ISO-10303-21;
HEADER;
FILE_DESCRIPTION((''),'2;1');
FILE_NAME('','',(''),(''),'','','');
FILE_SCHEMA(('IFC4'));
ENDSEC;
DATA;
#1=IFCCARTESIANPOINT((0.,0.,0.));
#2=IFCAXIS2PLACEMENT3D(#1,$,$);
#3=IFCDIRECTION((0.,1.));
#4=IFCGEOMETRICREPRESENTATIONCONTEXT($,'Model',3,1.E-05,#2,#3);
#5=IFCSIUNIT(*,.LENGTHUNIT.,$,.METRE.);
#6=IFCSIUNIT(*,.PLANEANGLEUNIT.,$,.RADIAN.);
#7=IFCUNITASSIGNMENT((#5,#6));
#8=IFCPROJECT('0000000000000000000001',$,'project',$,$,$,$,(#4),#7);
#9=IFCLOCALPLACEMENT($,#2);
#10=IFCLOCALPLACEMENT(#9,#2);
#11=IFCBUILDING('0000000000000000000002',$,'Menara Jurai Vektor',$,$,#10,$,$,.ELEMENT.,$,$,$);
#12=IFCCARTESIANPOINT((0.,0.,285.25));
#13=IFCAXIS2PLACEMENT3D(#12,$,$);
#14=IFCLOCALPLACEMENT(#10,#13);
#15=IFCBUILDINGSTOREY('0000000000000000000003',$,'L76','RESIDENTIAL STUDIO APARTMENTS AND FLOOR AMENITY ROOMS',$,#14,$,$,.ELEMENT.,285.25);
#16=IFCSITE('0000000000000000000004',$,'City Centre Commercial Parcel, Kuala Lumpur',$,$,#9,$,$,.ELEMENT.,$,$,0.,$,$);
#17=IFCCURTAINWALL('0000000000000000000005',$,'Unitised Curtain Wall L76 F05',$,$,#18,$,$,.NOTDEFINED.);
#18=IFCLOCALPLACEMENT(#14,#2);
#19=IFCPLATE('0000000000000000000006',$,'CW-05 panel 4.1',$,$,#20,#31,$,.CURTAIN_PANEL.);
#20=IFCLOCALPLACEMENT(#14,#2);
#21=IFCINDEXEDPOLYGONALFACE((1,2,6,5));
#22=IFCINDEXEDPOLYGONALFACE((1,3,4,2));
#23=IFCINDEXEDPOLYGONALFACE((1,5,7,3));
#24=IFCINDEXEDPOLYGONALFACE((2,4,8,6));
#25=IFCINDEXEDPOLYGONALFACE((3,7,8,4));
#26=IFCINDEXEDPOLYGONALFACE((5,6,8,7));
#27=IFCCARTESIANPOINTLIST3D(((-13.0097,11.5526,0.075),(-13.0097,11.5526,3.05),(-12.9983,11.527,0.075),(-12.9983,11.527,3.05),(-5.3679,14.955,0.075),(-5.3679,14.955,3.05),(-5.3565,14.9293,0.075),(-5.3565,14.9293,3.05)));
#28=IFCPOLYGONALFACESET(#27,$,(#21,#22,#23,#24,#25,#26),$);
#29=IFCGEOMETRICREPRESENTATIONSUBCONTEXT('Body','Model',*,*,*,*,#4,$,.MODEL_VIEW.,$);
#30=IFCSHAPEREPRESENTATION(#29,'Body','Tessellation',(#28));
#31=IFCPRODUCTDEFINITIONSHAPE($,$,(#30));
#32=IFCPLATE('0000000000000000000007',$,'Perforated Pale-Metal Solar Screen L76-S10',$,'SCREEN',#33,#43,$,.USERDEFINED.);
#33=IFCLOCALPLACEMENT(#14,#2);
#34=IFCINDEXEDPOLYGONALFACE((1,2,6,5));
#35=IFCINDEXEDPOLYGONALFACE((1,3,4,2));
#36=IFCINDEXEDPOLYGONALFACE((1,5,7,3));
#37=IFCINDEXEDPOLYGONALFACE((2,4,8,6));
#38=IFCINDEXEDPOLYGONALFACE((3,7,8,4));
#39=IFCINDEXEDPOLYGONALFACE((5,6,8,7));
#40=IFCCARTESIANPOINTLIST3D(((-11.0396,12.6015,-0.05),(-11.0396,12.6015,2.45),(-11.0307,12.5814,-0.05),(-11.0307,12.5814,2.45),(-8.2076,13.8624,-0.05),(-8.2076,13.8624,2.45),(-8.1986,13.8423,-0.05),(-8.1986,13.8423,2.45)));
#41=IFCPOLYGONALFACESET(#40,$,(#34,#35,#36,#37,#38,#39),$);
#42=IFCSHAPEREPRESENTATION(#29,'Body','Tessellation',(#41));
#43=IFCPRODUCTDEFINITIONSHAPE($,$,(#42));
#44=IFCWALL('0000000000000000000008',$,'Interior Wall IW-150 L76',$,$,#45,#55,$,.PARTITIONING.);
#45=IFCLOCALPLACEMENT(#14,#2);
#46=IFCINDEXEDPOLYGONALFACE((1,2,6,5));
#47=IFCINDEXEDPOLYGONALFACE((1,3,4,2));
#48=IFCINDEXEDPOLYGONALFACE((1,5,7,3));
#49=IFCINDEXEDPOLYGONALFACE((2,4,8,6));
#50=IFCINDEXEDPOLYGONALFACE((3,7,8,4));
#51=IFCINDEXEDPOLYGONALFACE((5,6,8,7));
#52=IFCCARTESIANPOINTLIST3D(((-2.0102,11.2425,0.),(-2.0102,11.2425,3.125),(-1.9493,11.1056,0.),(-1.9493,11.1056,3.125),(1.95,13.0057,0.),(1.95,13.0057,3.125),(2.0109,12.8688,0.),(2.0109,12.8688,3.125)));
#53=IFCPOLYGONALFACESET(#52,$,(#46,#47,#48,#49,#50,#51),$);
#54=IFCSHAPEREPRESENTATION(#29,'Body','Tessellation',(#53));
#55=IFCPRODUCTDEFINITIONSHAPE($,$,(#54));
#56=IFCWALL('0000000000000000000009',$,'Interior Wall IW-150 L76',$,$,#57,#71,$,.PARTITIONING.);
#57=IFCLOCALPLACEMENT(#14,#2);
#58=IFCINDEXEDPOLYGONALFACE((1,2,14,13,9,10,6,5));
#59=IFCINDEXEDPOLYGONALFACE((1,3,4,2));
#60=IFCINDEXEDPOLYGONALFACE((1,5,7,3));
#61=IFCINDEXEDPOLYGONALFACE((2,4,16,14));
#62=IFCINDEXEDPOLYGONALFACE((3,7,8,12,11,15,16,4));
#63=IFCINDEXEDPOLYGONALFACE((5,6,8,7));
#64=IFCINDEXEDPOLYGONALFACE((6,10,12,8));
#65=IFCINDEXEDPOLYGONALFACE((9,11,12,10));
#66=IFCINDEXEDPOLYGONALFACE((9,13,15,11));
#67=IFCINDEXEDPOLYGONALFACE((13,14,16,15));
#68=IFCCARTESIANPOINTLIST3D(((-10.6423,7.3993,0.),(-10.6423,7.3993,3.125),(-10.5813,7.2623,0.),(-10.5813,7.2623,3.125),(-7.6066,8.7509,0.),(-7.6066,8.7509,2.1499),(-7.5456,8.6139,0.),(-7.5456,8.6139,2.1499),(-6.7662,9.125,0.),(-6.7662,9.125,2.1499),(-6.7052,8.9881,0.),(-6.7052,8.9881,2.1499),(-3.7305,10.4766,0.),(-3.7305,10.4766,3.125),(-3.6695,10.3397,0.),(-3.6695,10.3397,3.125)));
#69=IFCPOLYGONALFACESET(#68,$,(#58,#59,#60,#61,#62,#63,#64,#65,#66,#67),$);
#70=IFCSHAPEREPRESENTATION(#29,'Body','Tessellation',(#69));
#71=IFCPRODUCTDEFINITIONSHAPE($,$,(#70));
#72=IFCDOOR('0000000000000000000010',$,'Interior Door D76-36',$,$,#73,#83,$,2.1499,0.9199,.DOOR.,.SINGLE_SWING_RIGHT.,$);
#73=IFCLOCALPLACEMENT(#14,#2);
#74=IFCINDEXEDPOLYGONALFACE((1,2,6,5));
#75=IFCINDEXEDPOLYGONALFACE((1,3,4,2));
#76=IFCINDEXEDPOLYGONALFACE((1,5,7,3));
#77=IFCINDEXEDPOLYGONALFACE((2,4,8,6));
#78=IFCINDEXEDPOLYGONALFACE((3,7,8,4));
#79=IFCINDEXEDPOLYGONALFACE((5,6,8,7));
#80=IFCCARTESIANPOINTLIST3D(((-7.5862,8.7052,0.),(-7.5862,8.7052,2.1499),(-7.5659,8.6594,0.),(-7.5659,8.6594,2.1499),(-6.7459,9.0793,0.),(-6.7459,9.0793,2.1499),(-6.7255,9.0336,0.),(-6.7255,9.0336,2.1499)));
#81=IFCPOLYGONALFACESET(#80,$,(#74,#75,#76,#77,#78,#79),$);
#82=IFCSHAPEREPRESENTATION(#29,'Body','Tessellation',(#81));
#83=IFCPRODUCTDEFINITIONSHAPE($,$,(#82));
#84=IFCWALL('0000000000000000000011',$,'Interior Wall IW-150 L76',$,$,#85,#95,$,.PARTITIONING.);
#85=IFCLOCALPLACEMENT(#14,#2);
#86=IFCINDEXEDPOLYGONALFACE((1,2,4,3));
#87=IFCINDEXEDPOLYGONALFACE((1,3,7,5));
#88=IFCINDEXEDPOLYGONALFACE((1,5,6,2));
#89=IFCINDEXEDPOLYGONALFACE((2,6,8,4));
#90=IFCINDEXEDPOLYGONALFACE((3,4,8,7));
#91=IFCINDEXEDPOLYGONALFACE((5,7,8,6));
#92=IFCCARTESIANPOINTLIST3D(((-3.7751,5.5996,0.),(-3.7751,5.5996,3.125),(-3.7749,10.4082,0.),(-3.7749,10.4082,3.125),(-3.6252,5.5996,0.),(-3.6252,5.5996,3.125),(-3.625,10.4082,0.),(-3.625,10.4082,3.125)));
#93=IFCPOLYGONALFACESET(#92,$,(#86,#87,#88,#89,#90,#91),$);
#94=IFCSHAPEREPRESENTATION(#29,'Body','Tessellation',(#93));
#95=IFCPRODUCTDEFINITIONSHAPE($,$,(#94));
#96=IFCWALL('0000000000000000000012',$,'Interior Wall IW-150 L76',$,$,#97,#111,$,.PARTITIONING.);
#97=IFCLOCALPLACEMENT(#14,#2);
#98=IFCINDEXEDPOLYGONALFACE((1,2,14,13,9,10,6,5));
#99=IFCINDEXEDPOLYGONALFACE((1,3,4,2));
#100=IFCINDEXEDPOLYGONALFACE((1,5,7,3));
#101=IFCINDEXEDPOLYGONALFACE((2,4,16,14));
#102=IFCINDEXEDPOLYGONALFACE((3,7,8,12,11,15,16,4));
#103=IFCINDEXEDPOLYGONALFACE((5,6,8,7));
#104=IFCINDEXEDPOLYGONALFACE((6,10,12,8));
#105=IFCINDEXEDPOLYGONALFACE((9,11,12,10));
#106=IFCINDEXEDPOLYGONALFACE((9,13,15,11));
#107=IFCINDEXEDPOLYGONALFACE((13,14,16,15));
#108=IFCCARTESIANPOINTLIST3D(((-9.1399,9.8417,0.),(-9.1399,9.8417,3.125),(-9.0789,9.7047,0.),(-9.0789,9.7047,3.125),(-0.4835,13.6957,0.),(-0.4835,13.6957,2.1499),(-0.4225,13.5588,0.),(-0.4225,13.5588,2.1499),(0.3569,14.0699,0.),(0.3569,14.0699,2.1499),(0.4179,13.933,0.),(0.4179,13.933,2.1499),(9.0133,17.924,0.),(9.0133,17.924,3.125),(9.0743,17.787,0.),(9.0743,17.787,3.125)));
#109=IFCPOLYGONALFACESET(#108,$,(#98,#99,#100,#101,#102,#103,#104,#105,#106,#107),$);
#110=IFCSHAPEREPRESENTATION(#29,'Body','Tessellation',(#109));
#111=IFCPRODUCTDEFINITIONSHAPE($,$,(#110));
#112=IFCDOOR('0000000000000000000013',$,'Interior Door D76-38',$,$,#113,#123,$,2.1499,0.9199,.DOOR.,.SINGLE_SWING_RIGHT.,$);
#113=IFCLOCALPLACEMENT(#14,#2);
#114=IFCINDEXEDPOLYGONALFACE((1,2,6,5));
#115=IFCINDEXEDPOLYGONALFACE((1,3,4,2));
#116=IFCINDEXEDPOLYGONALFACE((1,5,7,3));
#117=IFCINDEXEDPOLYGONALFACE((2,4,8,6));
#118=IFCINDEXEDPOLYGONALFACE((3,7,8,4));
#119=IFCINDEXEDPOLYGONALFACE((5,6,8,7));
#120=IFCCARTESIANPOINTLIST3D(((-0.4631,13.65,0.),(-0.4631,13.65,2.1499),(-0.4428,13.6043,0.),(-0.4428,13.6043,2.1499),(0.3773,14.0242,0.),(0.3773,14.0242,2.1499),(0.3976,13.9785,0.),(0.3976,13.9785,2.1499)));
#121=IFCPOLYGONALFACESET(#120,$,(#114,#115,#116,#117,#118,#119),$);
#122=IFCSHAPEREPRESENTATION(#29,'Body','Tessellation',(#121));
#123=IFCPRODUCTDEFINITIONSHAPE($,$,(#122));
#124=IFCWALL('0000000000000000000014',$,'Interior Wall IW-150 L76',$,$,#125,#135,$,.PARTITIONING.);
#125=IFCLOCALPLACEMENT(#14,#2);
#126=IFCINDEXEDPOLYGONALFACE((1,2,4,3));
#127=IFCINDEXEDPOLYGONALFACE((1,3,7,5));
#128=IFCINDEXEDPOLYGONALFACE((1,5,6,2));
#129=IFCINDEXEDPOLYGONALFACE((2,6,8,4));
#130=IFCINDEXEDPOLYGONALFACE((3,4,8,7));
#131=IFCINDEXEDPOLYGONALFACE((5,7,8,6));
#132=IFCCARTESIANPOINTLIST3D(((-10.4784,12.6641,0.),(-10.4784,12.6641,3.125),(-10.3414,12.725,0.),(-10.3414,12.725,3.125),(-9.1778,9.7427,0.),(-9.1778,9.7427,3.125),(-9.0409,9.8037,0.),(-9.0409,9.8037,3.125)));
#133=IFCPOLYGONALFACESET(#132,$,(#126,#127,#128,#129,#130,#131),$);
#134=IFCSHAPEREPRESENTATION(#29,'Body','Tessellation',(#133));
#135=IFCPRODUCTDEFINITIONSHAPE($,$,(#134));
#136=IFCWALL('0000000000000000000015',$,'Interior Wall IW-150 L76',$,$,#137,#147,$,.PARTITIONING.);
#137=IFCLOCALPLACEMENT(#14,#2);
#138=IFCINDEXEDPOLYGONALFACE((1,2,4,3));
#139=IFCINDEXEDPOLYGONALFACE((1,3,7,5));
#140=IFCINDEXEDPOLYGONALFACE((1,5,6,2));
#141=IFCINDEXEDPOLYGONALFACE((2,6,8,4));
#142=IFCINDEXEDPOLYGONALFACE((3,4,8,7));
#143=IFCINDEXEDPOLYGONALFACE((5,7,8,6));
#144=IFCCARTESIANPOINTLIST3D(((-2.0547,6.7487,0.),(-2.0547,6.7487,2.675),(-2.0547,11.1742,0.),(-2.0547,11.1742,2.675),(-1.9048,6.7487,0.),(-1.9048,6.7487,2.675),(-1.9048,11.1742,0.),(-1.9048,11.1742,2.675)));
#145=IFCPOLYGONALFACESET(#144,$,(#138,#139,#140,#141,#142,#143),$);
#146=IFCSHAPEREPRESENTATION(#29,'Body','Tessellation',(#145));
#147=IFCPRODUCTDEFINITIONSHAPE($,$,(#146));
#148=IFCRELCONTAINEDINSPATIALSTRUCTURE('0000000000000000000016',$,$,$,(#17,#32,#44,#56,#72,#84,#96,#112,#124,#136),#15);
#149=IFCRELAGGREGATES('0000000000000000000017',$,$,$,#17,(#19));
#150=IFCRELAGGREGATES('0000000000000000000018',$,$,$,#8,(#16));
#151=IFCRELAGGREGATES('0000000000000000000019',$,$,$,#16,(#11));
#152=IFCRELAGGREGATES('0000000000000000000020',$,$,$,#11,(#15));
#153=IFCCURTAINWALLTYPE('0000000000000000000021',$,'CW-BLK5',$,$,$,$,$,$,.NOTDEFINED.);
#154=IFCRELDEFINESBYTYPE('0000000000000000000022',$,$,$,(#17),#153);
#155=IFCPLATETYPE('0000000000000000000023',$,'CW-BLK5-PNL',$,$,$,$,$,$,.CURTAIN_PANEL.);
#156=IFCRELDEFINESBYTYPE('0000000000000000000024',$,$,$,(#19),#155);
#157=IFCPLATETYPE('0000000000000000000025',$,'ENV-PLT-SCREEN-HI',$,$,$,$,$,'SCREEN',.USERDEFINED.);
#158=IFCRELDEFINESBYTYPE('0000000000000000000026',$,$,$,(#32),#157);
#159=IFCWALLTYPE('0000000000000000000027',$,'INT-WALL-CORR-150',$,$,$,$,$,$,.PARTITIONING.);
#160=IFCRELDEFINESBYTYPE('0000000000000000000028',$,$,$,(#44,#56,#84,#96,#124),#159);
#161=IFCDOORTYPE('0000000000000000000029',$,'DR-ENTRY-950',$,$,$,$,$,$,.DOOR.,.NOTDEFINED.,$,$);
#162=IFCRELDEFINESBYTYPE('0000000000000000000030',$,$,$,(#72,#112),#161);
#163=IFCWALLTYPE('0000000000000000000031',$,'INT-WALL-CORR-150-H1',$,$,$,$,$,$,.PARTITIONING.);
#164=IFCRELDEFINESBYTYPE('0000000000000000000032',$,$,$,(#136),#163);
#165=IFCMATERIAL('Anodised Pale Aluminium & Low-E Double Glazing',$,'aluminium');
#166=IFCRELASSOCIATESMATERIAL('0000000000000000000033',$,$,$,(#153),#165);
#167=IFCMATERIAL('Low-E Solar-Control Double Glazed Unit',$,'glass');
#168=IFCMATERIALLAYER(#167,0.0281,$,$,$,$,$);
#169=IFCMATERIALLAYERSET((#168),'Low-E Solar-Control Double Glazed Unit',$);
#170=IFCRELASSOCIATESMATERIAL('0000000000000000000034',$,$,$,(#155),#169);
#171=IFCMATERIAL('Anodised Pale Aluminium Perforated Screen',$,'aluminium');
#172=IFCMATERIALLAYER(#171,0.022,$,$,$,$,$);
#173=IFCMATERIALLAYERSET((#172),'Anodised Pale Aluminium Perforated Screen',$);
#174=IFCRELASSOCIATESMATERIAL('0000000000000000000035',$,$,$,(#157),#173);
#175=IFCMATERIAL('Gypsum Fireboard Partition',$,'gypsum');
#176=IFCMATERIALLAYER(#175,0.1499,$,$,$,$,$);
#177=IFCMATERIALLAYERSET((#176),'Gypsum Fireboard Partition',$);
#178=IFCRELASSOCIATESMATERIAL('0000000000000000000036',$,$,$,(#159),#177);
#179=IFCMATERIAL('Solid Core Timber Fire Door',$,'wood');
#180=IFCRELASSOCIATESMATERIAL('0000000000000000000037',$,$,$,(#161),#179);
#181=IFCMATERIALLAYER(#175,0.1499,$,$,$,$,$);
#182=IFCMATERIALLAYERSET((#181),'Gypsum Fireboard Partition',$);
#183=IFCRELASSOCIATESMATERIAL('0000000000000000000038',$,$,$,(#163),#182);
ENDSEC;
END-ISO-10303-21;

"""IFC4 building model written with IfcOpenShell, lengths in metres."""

from ifc_helpers import new_model, si_unit, direction, frame, frame_2d, origin, origin_2d, place, context, subcontext, project, spatial, rectangle, extrude, material, layer, layer_set, type_object, element, fill, aggregate, save


model = new_model("IFC4")

# Units and contexts
model_context = context("Model", 3, precision=1e-05, world=origin(), true_north=direction((0.0, 1.0)))
body_context = subcontext(model_context, "Body", "Model", "MODEL_VIEW")
ifc_project = project(units=[si_unit("LENGTHUNIT", "METRE"), si_unit("PLANEANGLEUNIT", "RADIAN")], contexts=[model_context])

# Site, building, storey
site_placement = place(None, origin())
site = spatial("IfcSite", under=ifc_project, at=site_placement, Name="City Centre Commercial Parcel, Kuala Lumpur", CompositionType="ELEMENT", RefElevation=0.0)
building_placement = place(site_placement, origin())
building = spatial("IfcBuilding", under=site, at=building_placement, Name="Menara Jurai Vektor", CompositionType="ELEMENT")
storey_placement = place(building_placement, frame((0.0, 0.0, 285.25)))
storey = spatial("IfcBuildingStorey", under=building, at=storey_placement, Name="L76", Description="RESIDENTIAL STUDIO APARTMENTS AND FLOOR AMENITY ROOMS", CompositionType="ELEMENT", Elevation=285.25)

# Curtain wall
ifc_material_1 = material(Name="Anodised Pale Aluminium & Low-E Double Glazing", Category="aluminium")
curtain_wall_type = type_object("IfcCurtainWallType", Name="CW-BLK5", PredefinedType="NOTDEFINED", material=ifc_material_1)
curtain_wall_placement = place(storey_placement, origin())
curtain_wall = element("IfcCurtainWall", 1, at=curtain_wall_placement, inside=storey, type_object=curtain_wall_type, Name="Unitised Curtain Wall L76 F05", PredefinedType="NOTDEFINED")

# Plates
ifc_material_2 = material(Name="Low-E Solar-Control Double Glazed Unit", Category="glass")
ifc_layer_1 = layer(ifc_material_2, 0.0281)
ifc_layer_set_1 = layer_set([ifc_layer_1], Name="Low-E Solar-Control Double Glazed Unit")
plate_type_1 = type_object("IfcPlateType", Name="CW-BLK5-PNL", PredefinedType="CURTAIN_PANEL", material=ifc_layer_set_1)
plate_1_placement = place(storey_placement, frame((-9.1831, 13.241, 0.075), z_axis=(0.0, 0.0, 1.0), x_axis=(-0.913546, -0.406735, 0.0)))
plate_1 = element("IfcPlate", 2, at=plate_1_placement, type_object=plate_type_1, Name="CW-05 panel 4.1", PredefinedType="CURTAIN_PANEL", context=body_context, shape_type="SweptSolid", body=[
    extrude(rectangle(XDim=8.365, YDim=0.0281, at=origin_2d()), origin(), (0.0, 0.0, 1.0), 2.9751),
])
aggregate(curtain_wall, [plate_1])
ifc_material_3 = material(Name="Anodised Pale Aluminium Perforated Screen", Category="aluminium")
ifc_layer_2 = layer(ifc_material_3, 0.022)
ifc_layer_set_2 = layer_set([ifc_layer_2], Name="Anodised Pale Aluminium Perforated Screen")
plate_type_2 = type_object("IfcPlateType", Name="ENV-PLT-SCREEN-HI", ElementType="SCREEN", PredefinedType="USERDEFINED", material=ifc_layer_set_2)
plate_2_placement = place(storey_placement, frame((-9.6191, 13.2219, -0.05), z_axis=(0.0, 0.0, 1.0), x_axis=(-0.913545, -0.406737, 0.0)))
element("IfcPlate", 3, at=plate_2_placement, inside=storey, type_object=plate_type_2, Name="Perforated Pale-Metal Solar Screen L76-S10", ObjectType="SCREEN", PredefinedType="USERDEFINED", context=body_context, shape_type="SweptSolid", body=[
    extrude(rectangle(XDim=3.1001, YDim=0.022, at=origin_2d()), origin(), (0.0, 0.0, 1.0), 2.5),
])

# Wall
ifc_material_4 = material(Name="Gypsum Fireboard Partition", Category="gypsum")
ifc_layer_3 = layer(ifc_material_4, 0.1499)
ifc_layer_set_3 = layer_set([ifc_layer_3], Name="Gypsum Fireboard Partition")
wall_type_1 = type_object("IfcWallType", Name="INT-WALL-CORR-150", PredefinedType="PARTITIONING", material=ifc_layer_set_3)
wall_1_placement = place(storey_placement, frame((-1.9797, 11.1741, 0.0), z_axis=(0.0, 0.0, 1.0), x_axis=(0.913547, 0.406734, 0.0)))
element("IfcWall", 4, at=wall_1_placement, inside=storey, type_object=wall_type_1, Name="Interior Wall IW-150 L76", PredefinedType="PARTITIONING", context=body_context, shape_type="SweptSolid", body=[
    extrude(rectangle(XDim=4.335, YDim=0.1499, at=frame_2d((2.1675, 0.0))), origin(), (0.0, 0.0, 1.0), 3.125),
])

# Wall, opening, door
wall_2_placement = place(storey_placement, frame((-10.6118, 7.3308, 0.0), z_axis=(0.0, 0.0, 1.0), x_axis=(0.913544, 0.40674, 0.0)))
wall_2 = element("IfcWall", 5, at=wall_2_placement, inside=storey, type_object=wall_type_1, Name="Interior Wall IW-150 L76", PredefinedType="PARTITIONING", context=body_context, shape_type="SweptSolid", body=[
    extrude(rectangle(XDim=7.5659, YDim=0.1499, at=frame_2d((3.783, 0.0))), origin(), (0.0, 0.0, 1.0), 3.125),
])
opening_1_placement = place(wall_2_placement, frame((3.323, 0.0, 0.0)))
opening_1 = element("IfcOpeningElement", 6, at=opening_1_placement, cuts=wall_2, PredefinedType="OPENING", context=body_context, shape_type="SweptSolid", body=[
    extrude(rectangle(XDim=0.9199, YDim=2.1499, at=frame_2d((0.46, 1.075))), frame((0.0, 0.085, 0.0), z_axis=(0.0, -1.0, 0.0), x_axis=(1.0, 0.0, 0.0)), (0.0, 0.0, 1.0), 0.1699),
])
ifc_material_5 = material(Name="Solid Core Timber Fire Door", Category="wood")
door_type = type_object("IfcDoorType", Name="DR-ENTRY-950", OperationType="NOTDEFINED", PredefinedType="DOOR", material=ifc_material_5)
door_1_placement = place(opening_1_placement, origin())
door_1 = element("IfcDoor", 7, at=door_1_placement, inside=storey, type_object=door_type, Name="Interior Door D76-36", OperationType="SINGLE_SWING_RIGHT", OverallHeight=2.1499, OverallWidth=0.9199, PredefinedType="DOOR", context=body_context, shape_type="SweptSolid", body=[
    extrude(rectangle(XDim=0.9199, YDim=2.1499, at=frame_2d((0.46, 1.075))), frame((0.0, 0.0249, 0.0), z_axis=(0.0, -1.0, 0.0), x_axis=(1.0, 0.0, 0.0)), (0.0, 0.0, 1.0), 0.05),
])
fill(opening_1, door_1)

# Wall
wall_3_placement = place(storey_placement, frame((-3.7002, 5.5996, 0.0), z_axis=(0.0, 0.0, 1.0), x_axis=(0.000051, 1.0, 0.0)))
element("IfcWall", 8, at=wall_3_placement, inside=storey, type_object=wall_type_1, Name="Interior Wall IW-150 L76", PredefinedType="PARTITIONING", context=body_context, shape_type="SweptSolid", body=[
    extrude(rectangle(XDim=4.8086, YDim=0.1499, at=frame_2d((2.4043, 0.0))), origin(), (0.0, 0.0, 1.0), 3.125),
])

# Wall, opening, door
wall_4_placement = place(storey_placement, frame((-9.1094, 9.7732, 0.0), z_axis=(0.0, 0.0, 1.0), x_axis=(0.913545, 0.406737, 0.0)))
wall_4 = element("IfcWall", 9, at=wall_4_placement, inside=storey, type_object=wall_type_1, Name="Interior Wall IW-150 L76", PredefinedType="PARTITIONING", context=body_context, shape_type="SweptSolid", body=[
    extrude(rectangle(XDim=19.8711, YDim=0.1499, at=frame_2d((9.9355, 0.0))), origin(), (0.0, 0.0, 1.0), 3.125),
])
opening_2_placement = place(wall_4_placement, frame((9.4756, 0.0, 0.0)))
opening_2 = element("IfcOpeningElement", 10, at=opening_2_placement, cuts=wall_4, PredefinedType="OPENING", context=body_context, shape_type="SweptSolid", body=[
    extrude(rectangle(XDim=0.9199, YDim=2.1499, at=frame_2d((0.46, 1.075))), frame((0.0, 0.085, 0.0), z_axis=(0.0, -1.0, 0.0), x_axis=(1.0, 0.0, 0.0)), (0.0, 0.0, 1.0), 0.1699),
])
door_2_placement = place(opening_2_placement, origin())
door_2 = element("IfcDoor", 11, at=door_2_placement, inside=storey, type_object=door_type, Name="Interior Door D76-38", OperationType="SINGLE_SWING_RIGHT", OverallHeight=2.1499, OverallWidth=0.9199, PredefinedType="DOOR", context=body_context, shape_type="SweptSolid", body=[
    extrude(rectangle(XDim=0.9199, YDim=2.1499, at=frame_2d((0.46, 1.075))), frame((0.0, 0.0249, 0.0), z_axis=(0.0, -1.0, 0.0), x_axis=(1.0, 0.0, 0.0)), (0.0, 0.0, 1.0), 0.05),
])
fill(opening_2, door_2)

# Walls
wall_5_placement = place(storey_placement, frame((-9.1094, 9.7732, 0.0), z_axis=(0.0, 0.0, 1.0), x_axis=(-0.406698, 0.913563, 0.0)))
element("IfcWall", 12, at=wall_5_placement, inside=storey, type_object=wall_type_1, Name="Interior Wall IW-150 L76", PredefinedType="PARTITIONING", context=body_context, shape_type="SweptSolid", body=[
    extrude(rectangle(XDim=3.1978, YDim=0.1499, at=frame_2d((1.5989, 0.0))), origin(), (0.0, 0.0, 1.0), 3.125),
])
ifc_layer_4 = layer(ifc_material_4, 0.1499)
ifc_layer_set_4 = layer_set([ifc_layer_4], Name="Gypsum Fireboard Partition")
wall_type_2 = type_object("IfcWallType", Name="INT-WALL-CORR-150-H1", PredefinedType="PARTITIONING", material=ifc_layer_set_4)
wall_6_placement = place(storey_placement, frame((-1.9797, 6.7485, 0.0), z_axis=(0.0, 0.0, 1.0), x_axis=(0.0, 1.0, 0.0)))
element("IfcWall", 13, at=wall_6_placement, inside=storey, type_object=wall_type_2, Name="Interior Wall IW-150 L76", PredefinedType="PARTITIONING", context=body_context, shape_type="SweptSolid", body=[
    extrude(rectangle(XDim=4.4255, YDim=0.1499, at=frame_2d((2.2129, 0.0))), origin(), (0.0, 0.0, 1.0), 2.675),
])

save(model, "model.ifc")
